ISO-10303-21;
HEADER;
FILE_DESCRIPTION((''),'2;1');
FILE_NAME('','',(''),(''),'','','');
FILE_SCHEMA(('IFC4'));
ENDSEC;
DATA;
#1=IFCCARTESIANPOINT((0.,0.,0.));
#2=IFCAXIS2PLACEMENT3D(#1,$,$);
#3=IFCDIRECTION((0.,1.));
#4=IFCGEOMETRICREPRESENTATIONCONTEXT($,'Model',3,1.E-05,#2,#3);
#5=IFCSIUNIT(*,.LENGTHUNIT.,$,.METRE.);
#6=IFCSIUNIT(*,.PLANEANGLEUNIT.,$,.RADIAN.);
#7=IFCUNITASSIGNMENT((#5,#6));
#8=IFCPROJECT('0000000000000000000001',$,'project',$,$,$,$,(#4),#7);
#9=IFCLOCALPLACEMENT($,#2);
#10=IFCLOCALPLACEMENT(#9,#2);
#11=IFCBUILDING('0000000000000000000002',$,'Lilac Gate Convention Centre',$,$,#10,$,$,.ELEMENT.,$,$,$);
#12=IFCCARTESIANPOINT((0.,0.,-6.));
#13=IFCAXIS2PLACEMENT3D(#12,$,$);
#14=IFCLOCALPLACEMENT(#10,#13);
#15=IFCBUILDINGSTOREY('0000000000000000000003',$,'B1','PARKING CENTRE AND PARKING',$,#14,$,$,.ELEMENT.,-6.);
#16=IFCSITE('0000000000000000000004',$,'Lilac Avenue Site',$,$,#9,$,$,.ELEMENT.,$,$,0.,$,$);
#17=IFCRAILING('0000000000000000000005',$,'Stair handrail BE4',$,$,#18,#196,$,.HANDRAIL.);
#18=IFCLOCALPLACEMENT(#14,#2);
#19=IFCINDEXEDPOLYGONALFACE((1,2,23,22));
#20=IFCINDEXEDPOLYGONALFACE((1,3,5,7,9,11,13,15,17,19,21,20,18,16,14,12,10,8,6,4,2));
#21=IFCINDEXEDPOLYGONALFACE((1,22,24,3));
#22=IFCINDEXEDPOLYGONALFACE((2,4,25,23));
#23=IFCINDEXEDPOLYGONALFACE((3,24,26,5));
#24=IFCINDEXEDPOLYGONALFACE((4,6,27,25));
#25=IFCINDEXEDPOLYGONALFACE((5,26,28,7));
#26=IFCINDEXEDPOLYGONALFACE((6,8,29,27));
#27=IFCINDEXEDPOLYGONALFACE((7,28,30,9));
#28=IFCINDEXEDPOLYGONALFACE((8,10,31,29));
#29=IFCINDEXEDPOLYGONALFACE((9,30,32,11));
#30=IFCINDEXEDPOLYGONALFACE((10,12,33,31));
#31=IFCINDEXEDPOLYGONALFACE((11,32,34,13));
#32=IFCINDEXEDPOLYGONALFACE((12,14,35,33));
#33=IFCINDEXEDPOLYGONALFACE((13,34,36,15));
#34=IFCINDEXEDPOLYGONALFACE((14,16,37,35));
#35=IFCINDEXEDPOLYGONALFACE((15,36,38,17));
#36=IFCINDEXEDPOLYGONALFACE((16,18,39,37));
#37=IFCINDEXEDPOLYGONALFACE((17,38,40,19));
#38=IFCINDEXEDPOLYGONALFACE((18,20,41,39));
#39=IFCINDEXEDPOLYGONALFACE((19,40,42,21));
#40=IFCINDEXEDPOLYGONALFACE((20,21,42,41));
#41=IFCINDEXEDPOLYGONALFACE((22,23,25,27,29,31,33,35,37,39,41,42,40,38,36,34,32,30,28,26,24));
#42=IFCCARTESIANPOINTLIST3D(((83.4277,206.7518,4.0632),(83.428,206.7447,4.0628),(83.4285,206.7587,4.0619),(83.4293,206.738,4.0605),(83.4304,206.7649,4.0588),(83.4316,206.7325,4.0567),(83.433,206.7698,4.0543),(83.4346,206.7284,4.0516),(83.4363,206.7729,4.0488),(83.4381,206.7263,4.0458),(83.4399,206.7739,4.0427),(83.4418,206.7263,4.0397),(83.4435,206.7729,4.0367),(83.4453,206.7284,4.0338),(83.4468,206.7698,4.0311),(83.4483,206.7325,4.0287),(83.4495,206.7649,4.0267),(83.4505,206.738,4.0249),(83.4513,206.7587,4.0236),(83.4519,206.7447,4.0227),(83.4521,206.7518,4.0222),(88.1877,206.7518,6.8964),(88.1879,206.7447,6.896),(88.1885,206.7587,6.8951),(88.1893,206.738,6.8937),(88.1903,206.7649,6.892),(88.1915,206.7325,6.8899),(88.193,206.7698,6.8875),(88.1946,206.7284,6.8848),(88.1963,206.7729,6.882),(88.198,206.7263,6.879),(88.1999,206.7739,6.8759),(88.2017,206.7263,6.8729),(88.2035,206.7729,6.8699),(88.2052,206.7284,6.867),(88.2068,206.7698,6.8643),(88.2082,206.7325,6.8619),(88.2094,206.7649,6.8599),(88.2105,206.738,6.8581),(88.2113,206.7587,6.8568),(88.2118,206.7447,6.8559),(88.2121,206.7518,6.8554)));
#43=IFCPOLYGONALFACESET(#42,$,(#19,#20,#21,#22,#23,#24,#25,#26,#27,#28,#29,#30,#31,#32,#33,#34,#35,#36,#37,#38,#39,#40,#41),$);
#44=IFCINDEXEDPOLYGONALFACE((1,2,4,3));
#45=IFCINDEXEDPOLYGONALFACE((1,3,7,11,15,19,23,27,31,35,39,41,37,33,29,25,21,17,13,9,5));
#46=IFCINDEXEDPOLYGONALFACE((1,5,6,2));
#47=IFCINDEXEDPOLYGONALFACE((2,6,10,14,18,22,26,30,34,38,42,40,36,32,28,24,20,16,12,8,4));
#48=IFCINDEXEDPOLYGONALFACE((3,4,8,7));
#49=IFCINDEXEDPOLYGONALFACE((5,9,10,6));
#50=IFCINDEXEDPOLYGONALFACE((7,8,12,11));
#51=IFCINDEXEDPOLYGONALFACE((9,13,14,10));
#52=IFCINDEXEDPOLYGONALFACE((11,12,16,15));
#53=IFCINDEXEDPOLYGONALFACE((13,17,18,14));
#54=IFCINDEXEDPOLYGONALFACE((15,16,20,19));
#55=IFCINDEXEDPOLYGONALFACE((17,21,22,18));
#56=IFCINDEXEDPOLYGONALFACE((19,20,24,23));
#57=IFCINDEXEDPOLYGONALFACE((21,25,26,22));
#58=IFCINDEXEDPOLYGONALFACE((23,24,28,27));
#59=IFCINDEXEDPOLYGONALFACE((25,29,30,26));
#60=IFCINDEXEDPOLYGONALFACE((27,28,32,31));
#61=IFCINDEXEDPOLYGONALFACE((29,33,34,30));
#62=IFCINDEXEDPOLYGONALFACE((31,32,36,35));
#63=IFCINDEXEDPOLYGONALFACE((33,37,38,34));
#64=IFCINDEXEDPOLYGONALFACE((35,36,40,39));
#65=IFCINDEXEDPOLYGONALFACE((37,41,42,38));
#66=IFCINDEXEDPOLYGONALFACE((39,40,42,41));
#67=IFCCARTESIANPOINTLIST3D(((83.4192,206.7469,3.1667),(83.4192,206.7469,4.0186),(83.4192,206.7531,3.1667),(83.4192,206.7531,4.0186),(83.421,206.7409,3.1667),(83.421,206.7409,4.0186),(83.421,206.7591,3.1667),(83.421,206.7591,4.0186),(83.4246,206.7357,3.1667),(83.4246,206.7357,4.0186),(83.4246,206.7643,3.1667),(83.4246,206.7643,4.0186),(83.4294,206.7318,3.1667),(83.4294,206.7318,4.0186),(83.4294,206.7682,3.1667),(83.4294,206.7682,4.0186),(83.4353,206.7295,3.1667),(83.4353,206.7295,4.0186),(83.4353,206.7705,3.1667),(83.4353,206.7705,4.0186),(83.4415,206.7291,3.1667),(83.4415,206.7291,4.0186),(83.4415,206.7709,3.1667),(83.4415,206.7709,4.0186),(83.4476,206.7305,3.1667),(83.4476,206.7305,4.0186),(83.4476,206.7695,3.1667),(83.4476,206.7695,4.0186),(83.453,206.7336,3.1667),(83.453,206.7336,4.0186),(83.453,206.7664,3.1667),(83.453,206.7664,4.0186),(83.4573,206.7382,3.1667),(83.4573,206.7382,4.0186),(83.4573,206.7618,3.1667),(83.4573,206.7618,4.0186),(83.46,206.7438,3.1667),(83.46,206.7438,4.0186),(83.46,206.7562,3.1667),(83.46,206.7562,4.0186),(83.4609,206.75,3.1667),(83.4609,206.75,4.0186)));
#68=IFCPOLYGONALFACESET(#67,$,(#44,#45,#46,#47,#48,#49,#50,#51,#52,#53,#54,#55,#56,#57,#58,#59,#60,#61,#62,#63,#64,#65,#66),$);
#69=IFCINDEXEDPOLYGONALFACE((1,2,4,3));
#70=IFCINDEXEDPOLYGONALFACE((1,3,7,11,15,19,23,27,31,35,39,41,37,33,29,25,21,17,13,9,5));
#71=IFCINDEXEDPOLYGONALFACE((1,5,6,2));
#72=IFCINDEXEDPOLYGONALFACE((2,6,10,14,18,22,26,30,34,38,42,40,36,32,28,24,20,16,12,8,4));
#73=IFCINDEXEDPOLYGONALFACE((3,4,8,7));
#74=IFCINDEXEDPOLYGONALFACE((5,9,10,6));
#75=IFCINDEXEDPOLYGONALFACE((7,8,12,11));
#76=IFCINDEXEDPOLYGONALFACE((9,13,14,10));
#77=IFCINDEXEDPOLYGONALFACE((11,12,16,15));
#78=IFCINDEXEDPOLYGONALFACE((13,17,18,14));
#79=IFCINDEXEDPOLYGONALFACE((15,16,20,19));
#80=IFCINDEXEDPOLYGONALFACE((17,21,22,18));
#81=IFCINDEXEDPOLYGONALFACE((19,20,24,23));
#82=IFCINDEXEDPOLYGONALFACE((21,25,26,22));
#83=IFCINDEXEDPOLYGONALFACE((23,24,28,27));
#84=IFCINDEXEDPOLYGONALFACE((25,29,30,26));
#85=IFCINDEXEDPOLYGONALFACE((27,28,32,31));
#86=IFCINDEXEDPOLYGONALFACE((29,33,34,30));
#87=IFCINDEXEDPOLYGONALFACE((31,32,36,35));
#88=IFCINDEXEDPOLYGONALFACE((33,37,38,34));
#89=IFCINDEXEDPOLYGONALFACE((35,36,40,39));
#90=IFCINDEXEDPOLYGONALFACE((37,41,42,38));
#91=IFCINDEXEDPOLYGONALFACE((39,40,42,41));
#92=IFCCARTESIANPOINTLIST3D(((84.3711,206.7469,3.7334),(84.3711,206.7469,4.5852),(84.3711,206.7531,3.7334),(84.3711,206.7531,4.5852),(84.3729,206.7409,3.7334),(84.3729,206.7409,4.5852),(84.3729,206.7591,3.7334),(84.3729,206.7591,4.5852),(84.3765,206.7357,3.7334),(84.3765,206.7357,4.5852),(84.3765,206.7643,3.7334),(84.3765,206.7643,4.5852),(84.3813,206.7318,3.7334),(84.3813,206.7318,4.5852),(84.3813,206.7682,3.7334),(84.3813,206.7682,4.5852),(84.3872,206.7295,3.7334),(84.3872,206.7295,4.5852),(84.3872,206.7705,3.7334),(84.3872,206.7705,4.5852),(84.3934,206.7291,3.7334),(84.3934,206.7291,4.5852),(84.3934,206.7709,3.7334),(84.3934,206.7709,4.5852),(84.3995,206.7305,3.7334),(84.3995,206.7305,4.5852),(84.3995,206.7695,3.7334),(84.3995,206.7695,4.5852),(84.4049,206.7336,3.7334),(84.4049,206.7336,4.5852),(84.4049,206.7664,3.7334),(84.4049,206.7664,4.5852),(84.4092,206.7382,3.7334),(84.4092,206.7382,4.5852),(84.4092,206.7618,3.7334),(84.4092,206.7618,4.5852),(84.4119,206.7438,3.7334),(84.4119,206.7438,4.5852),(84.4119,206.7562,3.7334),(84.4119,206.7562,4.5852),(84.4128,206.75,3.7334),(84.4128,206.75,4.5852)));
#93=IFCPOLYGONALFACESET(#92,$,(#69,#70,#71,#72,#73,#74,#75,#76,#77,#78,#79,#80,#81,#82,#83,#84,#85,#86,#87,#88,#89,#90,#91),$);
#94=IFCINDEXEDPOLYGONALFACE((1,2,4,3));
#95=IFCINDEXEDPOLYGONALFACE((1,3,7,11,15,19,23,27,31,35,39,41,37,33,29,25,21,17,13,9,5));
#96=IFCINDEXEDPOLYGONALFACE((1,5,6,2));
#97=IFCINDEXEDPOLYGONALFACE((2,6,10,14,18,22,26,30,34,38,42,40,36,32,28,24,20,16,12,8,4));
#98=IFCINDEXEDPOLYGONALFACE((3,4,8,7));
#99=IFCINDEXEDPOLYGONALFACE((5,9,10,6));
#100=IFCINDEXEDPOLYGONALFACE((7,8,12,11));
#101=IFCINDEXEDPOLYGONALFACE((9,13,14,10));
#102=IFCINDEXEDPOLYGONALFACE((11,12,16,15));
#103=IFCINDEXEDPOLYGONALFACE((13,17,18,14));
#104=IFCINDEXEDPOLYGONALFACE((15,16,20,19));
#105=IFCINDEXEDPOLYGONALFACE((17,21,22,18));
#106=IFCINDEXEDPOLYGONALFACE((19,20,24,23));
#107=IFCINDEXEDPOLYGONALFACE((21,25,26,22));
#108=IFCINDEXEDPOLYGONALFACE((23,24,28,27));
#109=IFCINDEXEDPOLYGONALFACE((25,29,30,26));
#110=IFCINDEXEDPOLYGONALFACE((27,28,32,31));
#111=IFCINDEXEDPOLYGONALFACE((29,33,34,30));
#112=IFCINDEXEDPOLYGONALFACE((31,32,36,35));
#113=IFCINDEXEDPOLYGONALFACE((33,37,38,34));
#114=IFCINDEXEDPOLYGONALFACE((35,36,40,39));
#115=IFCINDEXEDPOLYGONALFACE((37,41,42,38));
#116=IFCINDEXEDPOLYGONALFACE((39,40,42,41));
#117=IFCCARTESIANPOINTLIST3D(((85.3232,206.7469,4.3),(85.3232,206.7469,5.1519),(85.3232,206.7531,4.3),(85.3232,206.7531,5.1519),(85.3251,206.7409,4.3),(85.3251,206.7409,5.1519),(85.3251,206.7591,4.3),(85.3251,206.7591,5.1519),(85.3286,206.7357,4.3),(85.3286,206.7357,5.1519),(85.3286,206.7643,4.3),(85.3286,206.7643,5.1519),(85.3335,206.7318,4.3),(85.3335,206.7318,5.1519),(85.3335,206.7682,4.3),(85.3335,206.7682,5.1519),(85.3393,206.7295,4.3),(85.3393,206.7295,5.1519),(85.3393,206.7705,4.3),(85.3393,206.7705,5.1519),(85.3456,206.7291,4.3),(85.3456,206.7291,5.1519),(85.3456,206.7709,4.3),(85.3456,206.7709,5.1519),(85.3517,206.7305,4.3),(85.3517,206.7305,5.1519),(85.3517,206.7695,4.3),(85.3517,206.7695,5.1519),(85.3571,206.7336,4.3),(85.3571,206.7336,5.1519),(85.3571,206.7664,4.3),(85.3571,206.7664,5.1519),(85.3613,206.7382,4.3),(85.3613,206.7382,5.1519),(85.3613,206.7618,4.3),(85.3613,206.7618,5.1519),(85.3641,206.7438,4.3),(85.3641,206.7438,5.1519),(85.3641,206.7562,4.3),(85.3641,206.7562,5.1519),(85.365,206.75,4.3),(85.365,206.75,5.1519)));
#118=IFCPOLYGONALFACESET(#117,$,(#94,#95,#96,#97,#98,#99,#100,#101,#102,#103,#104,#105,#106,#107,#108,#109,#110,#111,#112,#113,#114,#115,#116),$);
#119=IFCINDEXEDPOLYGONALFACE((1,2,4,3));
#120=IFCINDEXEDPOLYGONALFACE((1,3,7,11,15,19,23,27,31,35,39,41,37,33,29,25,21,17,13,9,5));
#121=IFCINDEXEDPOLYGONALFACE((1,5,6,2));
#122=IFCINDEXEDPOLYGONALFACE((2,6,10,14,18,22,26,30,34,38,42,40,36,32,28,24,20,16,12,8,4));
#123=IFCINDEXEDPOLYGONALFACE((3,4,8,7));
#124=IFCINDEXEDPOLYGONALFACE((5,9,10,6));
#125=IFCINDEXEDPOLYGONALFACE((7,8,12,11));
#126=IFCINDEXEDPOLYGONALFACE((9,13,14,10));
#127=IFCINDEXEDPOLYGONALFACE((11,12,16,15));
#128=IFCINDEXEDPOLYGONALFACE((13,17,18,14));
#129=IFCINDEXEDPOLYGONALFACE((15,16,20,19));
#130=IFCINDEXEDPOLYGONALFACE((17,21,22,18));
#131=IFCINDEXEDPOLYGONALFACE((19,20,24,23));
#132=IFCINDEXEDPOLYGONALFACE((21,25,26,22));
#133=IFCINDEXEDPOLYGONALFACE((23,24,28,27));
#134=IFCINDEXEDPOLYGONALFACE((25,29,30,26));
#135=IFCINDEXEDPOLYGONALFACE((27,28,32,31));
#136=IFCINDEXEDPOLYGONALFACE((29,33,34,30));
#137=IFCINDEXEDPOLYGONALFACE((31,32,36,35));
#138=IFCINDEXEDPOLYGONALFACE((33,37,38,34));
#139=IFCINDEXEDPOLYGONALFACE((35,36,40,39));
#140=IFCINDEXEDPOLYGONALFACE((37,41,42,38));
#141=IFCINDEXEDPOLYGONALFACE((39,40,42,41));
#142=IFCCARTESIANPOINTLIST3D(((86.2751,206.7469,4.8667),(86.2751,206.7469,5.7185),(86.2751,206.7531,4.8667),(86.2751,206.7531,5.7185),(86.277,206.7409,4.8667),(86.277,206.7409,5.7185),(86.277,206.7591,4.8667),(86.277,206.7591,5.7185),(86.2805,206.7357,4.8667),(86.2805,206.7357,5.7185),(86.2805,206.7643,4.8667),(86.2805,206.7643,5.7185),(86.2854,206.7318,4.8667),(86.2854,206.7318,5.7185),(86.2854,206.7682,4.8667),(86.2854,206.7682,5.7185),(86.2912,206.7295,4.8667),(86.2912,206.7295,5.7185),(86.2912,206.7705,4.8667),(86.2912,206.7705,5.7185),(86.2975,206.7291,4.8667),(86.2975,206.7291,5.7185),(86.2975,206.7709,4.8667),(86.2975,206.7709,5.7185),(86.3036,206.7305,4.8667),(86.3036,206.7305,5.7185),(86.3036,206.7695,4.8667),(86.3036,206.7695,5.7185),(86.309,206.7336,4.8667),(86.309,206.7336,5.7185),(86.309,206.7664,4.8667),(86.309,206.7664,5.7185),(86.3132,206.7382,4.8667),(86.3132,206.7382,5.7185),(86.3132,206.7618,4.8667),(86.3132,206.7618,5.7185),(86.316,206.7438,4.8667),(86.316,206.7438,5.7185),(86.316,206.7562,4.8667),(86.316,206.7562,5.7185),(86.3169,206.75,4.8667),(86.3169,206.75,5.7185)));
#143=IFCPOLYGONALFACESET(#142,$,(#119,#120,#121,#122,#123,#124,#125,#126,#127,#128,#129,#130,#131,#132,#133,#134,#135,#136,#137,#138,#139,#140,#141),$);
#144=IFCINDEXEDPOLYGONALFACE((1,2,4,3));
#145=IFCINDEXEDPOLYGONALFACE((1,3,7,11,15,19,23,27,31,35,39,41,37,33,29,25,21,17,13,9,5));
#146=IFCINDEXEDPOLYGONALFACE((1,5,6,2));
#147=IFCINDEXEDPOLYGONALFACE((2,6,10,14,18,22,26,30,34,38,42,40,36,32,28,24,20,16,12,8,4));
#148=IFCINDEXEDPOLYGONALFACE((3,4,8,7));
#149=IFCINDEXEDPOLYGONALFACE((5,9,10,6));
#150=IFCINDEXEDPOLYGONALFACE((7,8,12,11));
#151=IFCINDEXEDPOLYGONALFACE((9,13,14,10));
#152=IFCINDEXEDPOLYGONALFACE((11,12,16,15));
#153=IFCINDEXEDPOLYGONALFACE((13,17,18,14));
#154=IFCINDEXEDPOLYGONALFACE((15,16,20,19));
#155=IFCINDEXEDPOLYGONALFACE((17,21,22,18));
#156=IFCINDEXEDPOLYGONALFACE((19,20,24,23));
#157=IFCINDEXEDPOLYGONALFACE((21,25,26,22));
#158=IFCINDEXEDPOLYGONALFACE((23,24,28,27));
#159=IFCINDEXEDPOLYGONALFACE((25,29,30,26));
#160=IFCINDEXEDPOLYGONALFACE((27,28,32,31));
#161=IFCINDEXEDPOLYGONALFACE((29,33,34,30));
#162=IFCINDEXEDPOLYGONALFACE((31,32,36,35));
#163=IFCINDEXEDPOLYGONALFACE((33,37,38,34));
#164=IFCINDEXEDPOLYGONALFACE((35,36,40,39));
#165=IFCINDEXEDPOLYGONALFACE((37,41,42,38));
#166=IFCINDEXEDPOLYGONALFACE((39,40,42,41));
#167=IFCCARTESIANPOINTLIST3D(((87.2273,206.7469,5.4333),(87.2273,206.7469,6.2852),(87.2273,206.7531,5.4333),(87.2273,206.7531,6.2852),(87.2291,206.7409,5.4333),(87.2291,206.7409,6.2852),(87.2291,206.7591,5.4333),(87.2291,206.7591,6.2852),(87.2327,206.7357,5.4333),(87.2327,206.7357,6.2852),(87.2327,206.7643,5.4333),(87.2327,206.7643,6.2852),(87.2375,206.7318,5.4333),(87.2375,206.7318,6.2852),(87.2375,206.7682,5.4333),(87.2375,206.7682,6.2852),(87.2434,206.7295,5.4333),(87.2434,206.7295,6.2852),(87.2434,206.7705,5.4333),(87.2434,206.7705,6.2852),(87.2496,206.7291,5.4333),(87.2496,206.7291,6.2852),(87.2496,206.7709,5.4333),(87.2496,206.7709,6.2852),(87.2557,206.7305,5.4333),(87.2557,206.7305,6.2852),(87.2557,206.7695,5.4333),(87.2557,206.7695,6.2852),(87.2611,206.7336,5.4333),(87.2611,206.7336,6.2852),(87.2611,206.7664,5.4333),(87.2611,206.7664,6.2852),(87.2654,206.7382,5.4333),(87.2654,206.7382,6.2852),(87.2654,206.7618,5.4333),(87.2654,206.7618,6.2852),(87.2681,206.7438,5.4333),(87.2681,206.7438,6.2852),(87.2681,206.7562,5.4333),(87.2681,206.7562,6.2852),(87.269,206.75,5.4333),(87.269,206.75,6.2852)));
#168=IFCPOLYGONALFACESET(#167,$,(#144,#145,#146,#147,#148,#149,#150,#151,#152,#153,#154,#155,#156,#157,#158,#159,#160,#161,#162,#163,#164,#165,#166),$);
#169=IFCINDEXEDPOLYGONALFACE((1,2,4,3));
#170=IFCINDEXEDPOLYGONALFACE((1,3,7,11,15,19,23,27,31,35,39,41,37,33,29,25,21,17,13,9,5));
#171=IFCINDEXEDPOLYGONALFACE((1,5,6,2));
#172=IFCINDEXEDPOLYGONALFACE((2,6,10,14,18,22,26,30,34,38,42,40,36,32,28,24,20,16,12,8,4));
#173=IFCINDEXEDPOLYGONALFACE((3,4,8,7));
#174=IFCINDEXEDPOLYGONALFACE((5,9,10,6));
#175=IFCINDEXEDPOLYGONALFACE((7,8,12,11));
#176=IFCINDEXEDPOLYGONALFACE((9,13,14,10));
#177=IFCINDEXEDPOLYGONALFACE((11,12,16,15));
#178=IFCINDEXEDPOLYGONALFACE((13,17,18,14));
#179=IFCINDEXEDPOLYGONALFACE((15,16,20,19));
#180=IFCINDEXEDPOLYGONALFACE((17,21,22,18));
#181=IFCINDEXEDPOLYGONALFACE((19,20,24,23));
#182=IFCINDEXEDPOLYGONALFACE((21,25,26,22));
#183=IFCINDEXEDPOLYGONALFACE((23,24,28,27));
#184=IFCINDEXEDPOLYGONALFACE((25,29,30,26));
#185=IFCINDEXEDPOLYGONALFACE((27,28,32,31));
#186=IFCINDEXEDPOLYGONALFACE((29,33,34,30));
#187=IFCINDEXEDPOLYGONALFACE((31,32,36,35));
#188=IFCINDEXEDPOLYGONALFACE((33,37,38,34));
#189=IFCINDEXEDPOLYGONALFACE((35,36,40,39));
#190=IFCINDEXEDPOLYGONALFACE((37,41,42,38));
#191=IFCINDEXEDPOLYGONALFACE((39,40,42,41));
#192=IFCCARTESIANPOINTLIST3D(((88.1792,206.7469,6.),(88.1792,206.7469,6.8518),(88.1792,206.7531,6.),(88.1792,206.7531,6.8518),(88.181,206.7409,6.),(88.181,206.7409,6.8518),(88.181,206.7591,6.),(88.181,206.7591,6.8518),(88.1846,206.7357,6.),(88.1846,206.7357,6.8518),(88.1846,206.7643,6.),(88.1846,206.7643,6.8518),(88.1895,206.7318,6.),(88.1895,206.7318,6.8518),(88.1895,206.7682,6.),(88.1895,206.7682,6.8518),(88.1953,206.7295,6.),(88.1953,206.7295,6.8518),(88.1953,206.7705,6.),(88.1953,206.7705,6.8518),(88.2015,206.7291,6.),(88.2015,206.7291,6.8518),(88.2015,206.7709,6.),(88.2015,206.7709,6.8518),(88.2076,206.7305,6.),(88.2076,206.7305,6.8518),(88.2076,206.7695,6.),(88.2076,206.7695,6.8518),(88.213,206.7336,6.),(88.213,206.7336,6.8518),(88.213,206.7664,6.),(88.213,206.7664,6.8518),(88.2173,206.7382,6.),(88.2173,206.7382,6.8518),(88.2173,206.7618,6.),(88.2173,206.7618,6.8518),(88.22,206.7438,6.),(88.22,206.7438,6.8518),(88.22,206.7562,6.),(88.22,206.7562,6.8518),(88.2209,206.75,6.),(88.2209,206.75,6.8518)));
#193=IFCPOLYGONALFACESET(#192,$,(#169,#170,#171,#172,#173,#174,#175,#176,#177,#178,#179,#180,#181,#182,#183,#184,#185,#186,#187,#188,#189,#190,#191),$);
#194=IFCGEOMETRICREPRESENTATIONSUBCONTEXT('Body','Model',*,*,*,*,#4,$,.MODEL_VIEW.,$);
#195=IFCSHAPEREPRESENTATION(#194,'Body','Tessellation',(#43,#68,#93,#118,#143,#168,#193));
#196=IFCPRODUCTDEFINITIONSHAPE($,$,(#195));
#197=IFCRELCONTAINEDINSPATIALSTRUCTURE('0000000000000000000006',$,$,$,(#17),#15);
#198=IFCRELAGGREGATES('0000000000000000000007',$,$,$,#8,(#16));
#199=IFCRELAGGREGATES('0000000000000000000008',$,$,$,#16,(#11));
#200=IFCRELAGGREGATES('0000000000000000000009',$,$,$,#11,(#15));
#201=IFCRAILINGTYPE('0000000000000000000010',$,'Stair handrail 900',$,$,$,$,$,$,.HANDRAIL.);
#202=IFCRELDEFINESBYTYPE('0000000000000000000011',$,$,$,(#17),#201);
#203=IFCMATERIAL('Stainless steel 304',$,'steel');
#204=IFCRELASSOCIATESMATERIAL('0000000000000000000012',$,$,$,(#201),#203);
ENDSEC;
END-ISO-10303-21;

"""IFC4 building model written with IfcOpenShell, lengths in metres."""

from ifc_helpers import new_model, si_unit, direction, frame, origin, origin_2d, place, context, subcontext, project, spatial, circle, extrude, material, type_object, element, save


model = new_model("IFC4")

# Units and contexts
model_context = context("Model", 3, precision=1e-05, world=origin(), true_north=direction((0.0, 1.0)))
body_context = subcontext(model_context, "Body", "Model", "MODEL_VIEW")
ifc_project = project(units=[si_unit("LENGTHUNIT", "METRE"), si_unit("PLANEANGLEUNIT", "RADIAN")], contexts=[model_context])

# Site, building, storey
site_placement = place(None, origin())
site = spatial("IfcSite", under=ifc_project, at=site_placement, Name="Lilac Avenue Site", CompositionType="ELEMENT", RefElevation=0.0)
building_placement = place(site_placement, origin())
building = spatial("IfcBuilding", under=site, at=building_placement, Name="Lilac Gate Convention Centre", CompositionType="ELEMENT")
storey_placement = place(building_placement, frame((0.0, 0.0, -6.0)))
storey = spatial("IfcBuildingStorey", under=building, at=storey_placement, Name="B1", Description="PARKING CENTRE AND PARKING", CompositionType="ELEMENT", Elevation=-6.0)

# Railing
ifc_material_1 = material(Name="Stainless steel 304", Category="steel")
railing_type = type_object("IfcRailingType", Name="Stair handrail 900", PredefinedType="HANDRAIL", material=ifc_material_1)
for number, where, name in (
    (1, (83.4399, 206.75, 3.1667), "Stair handrail BE4"),
):
    element("IfcRailing", number, at=place(storey_placement, frame(where)), inside=storey, type_object=railing_type, Name=name, PredefinedType="HANDRAIL", context=body_context, shape_type="SweptSolid", body=[
        extrude(circle(Radius=0.0239, at=origin_2d()), frame((0.0, 0.0, 0.876), z_axis=(0.8593, 0.0, 0.511472), x_axis=(0.0, 1.0, 0.0)), (0.0, 0.0, 1.0), 5.5393),
        extrude(circle(Radius=0.021, at=origin_2d()), origin(), (0.0, 0.0, 1.0), 0.8518),
        extrude(circle(Radius=0.021, at=origin_2d()), frame((0.9519, 0.0, 0.5667)), (0.0, 0.0, 1.0), 0.8518),
        extrude(circle(Radius=0.021, at=origin_2d()), frame((1.9041, 0.0, 1.1333)), (0.0, 0.0, 1.0), 0.8518),
        extrude(circle(Radius=0.021, at=origin_2d()), frame((2.856, 0.0, 1.7)), (0.0, 0.0, 1.0), 0.8518),
        extrude(circle(Radius=0.021, at=origin_2d()), frame((3.8081, 0.0, 2.2666)), (0.0, 0.0, 1.0), 0.8518),
        extrude(circle(Radius=0.021, at=origin_2d()), frame((4.76, 0.0, 2.8333)), (0.0, 0.0, 1.0), 0.8518),
    ])

save(model, "model.ifc")
